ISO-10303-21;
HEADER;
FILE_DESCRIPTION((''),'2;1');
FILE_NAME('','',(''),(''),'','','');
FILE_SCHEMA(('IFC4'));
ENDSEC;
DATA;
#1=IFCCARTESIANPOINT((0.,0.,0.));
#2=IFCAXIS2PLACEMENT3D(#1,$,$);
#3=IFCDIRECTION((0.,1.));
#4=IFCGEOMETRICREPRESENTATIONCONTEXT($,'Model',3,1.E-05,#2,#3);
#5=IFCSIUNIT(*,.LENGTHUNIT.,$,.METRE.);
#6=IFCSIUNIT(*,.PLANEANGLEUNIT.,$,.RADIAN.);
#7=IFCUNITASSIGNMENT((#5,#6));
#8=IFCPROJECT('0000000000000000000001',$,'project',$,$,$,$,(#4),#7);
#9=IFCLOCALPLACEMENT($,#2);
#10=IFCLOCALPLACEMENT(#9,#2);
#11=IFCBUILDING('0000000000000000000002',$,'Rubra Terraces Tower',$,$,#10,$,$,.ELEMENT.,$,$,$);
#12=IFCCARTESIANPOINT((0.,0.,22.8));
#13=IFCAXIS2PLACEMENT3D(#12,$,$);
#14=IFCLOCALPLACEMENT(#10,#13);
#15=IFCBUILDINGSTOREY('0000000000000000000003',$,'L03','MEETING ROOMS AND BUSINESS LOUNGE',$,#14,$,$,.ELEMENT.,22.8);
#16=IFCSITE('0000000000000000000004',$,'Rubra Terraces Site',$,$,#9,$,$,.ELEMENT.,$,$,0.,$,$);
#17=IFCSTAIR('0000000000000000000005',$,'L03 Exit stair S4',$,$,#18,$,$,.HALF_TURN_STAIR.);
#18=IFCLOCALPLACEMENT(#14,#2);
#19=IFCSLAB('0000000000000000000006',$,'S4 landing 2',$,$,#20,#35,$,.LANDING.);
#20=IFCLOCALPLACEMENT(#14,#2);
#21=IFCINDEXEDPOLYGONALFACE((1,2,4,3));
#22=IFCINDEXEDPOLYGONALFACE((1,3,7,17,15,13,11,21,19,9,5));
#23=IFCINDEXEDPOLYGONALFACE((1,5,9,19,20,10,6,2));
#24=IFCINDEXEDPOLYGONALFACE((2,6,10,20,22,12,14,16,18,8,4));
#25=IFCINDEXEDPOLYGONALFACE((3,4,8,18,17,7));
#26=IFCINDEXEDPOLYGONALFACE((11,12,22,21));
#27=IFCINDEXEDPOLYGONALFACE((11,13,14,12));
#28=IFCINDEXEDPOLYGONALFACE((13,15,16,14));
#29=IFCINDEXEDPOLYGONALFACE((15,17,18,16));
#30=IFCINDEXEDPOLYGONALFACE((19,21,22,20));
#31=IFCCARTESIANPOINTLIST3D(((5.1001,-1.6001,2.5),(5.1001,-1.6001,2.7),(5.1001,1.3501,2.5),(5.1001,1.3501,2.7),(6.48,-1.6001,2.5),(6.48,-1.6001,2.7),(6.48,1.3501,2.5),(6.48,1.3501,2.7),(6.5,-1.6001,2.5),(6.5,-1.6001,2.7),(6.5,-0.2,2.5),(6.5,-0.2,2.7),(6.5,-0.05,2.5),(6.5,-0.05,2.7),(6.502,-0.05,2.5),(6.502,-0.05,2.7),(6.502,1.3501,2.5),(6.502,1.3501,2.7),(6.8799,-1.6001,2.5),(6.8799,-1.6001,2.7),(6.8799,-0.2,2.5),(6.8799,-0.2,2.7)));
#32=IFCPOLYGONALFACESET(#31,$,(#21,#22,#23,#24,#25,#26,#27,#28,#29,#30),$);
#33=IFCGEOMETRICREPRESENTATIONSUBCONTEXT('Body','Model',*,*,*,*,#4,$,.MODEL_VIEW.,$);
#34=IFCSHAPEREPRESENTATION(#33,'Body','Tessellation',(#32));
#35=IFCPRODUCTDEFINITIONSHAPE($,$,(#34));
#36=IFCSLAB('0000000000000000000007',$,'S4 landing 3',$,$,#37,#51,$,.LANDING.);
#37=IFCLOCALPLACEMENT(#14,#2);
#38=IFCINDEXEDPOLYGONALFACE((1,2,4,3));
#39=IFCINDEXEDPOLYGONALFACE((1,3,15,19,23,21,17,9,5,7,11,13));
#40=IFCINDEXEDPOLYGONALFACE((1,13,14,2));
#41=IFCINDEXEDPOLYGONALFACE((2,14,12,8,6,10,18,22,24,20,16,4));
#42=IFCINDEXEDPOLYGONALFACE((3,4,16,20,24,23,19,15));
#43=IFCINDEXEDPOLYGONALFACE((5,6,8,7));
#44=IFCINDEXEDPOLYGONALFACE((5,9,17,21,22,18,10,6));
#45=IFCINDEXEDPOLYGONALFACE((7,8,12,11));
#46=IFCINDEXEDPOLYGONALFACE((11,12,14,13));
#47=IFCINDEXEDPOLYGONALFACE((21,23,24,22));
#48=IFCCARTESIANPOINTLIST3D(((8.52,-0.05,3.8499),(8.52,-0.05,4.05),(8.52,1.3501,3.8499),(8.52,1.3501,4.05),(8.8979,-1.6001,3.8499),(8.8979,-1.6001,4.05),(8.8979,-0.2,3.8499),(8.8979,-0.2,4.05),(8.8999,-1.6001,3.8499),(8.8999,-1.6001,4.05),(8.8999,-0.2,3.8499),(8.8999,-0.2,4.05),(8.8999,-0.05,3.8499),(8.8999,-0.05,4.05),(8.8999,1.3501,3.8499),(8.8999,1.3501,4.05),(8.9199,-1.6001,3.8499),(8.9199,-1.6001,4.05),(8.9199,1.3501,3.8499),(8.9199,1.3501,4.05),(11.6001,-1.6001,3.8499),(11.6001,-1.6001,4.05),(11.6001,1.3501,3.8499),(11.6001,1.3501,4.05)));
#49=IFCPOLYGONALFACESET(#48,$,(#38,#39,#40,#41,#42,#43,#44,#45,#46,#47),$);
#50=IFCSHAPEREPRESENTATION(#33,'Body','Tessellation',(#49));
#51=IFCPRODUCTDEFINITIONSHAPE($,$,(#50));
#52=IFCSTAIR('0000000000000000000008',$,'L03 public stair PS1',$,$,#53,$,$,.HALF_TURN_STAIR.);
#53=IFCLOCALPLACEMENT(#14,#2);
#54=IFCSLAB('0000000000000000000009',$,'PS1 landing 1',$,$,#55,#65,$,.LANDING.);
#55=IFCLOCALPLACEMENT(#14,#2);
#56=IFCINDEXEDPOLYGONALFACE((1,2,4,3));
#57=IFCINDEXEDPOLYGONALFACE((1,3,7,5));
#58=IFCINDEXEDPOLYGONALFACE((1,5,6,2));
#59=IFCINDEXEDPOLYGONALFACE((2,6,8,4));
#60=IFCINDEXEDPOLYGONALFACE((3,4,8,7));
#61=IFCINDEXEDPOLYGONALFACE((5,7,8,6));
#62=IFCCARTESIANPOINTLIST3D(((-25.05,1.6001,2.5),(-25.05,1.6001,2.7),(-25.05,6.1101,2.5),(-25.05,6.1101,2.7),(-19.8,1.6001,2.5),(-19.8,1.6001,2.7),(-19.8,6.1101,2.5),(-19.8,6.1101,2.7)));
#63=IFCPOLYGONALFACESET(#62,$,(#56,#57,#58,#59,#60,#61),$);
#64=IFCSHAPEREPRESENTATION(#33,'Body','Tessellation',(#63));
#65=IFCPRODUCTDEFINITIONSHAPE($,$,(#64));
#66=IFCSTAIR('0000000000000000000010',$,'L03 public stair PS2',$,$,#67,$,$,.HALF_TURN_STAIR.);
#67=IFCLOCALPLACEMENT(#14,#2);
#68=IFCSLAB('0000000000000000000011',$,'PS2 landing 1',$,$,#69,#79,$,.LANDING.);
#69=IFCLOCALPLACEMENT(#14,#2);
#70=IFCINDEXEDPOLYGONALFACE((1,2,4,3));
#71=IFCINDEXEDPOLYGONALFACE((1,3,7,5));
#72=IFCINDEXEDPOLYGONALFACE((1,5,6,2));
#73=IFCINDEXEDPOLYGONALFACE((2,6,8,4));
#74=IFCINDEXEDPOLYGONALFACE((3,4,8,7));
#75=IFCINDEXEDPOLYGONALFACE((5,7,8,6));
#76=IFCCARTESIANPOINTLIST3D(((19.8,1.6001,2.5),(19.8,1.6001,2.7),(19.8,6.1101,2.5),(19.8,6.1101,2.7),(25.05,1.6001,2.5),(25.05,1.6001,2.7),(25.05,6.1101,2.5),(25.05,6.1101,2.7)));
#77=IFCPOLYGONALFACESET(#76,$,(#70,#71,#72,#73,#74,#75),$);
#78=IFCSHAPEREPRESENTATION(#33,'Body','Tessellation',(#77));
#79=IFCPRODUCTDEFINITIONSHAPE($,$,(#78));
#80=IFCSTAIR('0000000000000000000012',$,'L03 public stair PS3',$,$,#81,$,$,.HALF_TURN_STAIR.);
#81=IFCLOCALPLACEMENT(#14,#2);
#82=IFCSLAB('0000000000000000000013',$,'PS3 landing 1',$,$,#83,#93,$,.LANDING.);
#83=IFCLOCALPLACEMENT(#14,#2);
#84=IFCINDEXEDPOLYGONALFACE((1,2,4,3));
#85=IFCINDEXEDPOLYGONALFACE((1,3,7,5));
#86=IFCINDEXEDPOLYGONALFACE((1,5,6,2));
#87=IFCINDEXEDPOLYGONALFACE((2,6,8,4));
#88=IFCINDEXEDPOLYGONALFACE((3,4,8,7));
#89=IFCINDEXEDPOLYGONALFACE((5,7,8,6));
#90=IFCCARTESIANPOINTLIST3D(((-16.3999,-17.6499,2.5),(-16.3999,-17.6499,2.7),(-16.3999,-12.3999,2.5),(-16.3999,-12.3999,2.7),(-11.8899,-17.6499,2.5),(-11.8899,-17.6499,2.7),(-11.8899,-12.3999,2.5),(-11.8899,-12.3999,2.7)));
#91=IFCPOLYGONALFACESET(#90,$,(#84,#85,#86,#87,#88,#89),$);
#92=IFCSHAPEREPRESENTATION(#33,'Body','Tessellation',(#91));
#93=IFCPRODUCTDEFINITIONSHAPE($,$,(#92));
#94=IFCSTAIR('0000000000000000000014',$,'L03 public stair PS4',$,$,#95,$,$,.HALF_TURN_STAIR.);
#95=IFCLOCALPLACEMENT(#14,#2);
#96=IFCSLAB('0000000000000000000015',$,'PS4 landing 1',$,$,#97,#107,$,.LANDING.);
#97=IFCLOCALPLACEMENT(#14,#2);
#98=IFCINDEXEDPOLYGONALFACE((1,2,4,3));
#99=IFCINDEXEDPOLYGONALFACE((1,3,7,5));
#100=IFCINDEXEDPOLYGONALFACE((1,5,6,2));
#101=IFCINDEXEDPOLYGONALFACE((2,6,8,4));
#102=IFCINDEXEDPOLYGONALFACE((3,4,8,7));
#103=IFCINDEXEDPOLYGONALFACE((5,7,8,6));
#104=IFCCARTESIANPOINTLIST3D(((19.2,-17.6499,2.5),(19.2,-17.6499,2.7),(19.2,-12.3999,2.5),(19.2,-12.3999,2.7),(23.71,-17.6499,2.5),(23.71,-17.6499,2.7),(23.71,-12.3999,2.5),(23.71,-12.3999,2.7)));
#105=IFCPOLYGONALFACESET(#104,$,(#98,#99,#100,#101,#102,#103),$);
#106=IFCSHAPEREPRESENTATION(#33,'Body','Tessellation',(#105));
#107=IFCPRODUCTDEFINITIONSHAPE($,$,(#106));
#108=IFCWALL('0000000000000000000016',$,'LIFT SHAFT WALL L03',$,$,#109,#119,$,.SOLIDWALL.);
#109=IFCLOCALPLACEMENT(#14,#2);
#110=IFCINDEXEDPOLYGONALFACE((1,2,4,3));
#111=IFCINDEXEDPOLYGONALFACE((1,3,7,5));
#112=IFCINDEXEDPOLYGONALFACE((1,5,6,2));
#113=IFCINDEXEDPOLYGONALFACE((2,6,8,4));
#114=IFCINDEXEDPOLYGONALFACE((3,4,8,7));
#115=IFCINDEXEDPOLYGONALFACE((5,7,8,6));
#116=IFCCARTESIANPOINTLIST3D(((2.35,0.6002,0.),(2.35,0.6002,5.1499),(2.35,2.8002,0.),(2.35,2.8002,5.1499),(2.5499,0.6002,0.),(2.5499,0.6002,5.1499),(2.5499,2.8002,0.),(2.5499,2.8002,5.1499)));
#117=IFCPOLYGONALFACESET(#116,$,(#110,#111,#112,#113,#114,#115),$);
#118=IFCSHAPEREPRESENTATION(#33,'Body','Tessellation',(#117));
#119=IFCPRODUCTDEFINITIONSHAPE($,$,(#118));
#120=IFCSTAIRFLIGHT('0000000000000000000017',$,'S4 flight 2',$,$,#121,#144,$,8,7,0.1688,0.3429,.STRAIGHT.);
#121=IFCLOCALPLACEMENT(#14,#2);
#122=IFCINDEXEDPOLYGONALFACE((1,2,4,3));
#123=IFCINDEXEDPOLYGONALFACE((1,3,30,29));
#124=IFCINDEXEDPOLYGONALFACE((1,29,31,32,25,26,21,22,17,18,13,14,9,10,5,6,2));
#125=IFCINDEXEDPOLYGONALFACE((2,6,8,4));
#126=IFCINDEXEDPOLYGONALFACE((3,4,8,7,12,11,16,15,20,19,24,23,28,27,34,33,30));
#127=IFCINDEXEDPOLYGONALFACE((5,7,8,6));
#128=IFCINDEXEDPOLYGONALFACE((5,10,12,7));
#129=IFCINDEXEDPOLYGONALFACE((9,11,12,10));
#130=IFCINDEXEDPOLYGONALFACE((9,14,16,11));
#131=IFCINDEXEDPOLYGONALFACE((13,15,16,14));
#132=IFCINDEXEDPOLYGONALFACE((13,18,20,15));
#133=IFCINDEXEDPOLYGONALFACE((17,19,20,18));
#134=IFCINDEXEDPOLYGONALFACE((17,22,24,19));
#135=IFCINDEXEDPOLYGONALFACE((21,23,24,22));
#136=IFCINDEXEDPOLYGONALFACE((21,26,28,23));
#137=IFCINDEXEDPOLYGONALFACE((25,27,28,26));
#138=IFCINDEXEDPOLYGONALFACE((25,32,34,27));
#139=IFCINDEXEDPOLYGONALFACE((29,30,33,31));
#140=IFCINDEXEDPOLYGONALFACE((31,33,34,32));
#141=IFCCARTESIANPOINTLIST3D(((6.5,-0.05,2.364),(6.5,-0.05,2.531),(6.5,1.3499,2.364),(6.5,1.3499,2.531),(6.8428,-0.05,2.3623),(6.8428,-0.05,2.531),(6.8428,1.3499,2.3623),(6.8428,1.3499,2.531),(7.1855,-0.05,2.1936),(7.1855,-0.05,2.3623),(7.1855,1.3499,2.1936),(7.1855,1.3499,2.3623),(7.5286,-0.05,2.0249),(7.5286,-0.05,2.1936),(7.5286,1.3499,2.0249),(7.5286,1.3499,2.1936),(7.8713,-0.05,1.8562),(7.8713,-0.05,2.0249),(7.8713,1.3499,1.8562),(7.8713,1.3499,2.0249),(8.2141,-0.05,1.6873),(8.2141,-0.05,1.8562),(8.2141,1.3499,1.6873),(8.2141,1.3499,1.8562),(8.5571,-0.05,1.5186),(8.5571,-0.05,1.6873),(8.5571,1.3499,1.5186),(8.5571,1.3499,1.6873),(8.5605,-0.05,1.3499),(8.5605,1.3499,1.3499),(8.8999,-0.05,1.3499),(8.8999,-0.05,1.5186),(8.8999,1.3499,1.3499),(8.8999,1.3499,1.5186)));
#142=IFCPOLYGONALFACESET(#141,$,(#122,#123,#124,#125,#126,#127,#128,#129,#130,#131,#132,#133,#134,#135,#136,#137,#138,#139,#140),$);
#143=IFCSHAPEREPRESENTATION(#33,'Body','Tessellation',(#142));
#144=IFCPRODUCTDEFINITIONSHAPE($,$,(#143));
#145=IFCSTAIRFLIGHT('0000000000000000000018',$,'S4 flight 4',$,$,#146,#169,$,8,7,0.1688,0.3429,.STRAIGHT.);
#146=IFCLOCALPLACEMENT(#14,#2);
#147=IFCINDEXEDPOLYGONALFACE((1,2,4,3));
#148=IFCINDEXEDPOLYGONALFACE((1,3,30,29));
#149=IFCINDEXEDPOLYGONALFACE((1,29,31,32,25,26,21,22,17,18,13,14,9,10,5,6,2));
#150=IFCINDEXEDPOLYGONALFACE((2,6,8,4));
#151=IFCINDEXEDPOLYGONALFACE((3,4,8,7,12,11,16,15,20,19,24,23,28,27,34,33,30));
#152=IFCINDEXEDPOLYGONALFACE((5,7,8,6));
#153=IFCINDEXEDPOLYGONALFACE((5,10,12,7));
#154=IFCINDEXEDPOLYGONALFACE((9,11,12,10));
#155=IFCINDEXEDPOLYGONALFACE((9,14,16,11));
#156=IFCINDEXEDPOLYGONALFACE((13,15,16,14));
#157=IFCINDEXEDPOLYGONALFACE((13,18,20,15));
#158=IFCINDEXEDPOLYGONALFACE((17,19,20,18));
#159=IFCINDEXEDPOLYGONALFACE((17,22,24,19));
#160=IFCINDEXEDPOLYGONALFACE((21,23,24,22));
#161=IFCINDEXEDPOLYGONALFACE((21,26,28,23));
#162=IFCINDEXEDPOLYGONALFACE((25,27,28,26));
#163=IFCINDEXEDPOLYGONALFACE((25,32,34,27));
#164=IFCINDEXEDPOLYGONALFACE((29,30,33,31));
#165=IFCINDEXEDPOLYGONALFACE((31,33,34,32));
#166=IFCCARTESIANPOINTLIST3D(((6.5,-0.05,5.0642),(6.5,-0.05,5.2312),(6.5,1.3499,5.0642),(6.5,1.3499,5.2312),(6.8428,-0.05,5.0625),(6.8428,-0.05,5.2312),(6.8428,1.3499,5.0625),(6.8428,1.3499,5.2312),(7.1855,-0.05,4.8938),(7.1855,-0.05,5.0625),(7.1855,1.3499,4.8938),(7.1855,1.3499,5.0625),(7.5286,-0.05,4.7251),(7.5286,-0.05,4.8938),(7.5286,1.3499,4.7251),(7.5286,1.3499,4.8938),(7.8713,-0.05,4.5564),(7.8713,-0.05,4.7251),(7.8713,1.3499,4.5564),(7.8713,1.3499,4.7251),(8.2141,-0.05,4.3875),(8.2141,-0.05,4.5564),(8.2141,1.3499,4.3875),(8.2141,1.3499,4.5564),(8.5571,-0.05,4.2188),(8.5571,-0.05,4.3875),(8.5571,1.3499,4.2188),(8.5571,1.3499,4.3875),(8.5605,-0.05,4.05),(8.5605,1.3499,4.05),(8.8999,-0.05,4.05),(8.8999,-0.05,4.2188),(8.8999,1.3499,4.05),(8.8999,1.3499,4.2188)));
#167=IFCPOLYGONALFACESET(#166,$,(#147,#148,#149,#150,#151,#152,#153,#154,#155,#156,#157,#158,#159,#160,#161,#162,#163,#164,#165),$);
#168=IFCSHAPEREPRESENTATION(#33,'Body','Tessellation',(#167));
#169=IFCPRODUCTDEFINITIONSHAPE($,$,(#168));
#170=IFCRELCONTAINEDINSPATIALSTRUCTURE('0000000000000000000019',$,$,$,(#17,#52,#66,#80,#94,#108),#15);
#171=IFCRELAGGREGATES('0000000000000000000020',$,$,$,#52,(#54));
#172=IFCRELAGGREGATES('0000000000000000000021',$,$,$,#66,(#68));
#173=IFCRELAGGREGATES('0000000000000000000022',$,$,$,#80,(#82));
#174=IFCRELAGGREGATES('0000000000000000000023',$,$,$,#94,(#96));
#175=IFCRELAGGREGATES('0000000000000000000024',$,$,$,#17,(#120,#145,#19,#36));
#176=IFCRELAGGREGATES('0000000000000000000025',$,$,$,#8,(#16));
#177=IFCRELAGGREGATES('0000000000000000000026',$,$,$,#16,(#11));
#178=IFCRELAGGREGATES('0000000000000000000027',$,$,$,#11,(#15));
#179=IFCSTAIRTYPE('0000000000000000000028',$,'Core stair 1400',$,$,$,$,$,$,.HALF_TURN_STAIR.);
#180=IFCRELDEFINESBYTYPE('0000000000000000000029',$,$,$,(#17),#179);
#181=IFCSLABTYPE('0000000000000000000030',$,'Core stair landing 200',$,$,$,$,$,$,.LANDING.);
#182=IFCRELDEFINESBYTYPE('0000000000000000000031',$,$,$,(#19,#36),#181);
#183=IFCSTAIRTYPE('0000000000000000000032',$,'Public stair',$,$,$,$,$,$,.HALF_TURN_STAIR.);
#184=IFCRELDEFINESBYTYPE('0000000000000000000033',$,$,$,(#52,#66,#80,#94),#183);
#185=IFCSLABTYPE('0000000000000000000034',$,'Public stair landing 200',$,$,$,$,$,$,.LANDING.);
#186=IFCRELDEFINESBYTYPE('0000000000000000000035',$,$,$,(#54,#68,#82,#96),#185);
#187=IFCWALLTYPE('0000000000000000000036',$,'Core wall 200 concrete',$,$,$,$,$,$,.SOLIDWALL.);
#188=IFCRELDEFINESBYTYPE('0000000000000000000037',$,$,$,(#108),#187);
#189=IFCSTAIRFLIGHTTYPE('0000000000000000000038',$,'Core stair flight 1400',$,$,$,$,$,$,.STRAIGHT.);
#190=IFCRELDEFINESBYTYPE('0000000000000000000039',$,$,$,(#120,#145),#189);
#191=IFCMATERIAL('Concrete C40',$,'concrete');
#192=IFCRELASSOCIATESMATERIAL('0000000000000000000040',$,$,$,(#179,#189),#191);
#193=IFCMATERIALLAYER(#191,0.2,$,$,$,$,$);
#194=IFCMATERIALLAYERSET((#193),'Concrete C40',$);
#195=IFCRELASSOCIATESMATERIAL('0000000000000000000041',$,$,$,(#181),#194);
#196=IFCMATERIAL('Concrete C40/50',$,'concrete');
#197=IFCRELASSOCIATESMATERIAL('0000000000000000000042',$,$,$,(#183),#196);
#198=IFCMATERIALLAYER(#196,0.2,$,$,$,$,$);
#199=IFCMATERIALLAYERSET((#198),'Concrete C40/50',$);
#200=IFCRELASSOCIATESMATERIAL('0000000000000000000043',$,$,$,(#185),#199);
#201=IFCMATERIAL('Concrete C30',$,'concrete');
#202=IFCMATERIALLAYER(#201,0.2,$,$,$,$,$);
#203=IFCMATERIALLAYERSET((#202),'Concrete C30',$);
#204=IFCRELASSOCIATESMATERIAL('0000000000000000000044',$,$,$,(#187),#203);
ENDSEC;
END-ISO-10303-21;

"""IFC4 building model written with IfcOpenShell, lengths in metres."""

from ifc_helpers import new_model, si_unit, direction, frame, frame_2d, origin, place, context, subcontext, project, spatial, polyline, rectangle, outline, extrude, material, layer, layer_set, type_object, element, aggregate, save


model = new_model("IFC4")

# Units and contexts
model_context = context("Model", 3, precision=1e-05, world=origin(), true_north=direction((0.0, 1.0)))
body_context = subcontext(model_context, "Body", "Model", "MODEL_VIEW")
ifc_project = project(units=[si_unit("LENGTHUNIT", "METRE"), si_unit("PLANEANGLEUNIT", "RADIAN")], contexts=[model_context])

# Site, building, storey
site_placement = place(None, origin())
site = spatial("IfcSite", under=ifc_project, at=site_placement, Name="Rubra Terraces Site", CompositionType="ELEMENT", RefElevation=0.0)
building_placement = place(site_placement, origin())
building = spatial("IfcBuilding", under=site, at=building_placement, Name="Rubra Terraces Tower", CompositionType="ELEMENT")
storey_placement = place(building_placement, frame((0.0, 0.0, 22.8)))
storey = spatial("IfcBuildingStorey", under=building, at=storey_placement, Name="L03", Description="MEETING ROOMS AND BUSINESS LOUNGE", CompositionType="ELEMENT", Elevation=22.8)

# Stair, slabs
ifc_material_1 = material(Name="Concrete C40", Category="concrete")
stair_type_1 = type_object("IfcStairType", Name="Core stair 1400", PredefinedType="HALF_TURN_STAIR", material=ifc_material_1)
ifc_layer_1 = layer(ifc_material_1, 0.2)
ifc_layer_set_1 = layer_set([ifc_layer_1], Name="Concrete C40")
slab_type_1 = type_object("IfcSlabType", Name="Core stair landing 200", PredefinedType="LANDING", material=ifc_layer_set_1)
stair_1_placement = place(storey_placement, origin())
stair_1 = element("IfcStair", 1, at=stair_1_placement, inside=storey, type_object=stair_type_1, Name="L03 Exit stair S4", PredefinedType="HALF_TURN_STAIR")
slab_1_placement = place(storey_placement, frame((0.0, 0.0, 2.5)))
slab_1 = element("IfcSlab", 2, at=slab_1_placement, type_object=slab_type_1, Name="S4 landing 2", PredefinedType="LANDING", context=body_context, shape_type="SweptSolid", body=[
    extrude(outline(polyline([(6.8799, -0.2), (6.8799, -1.6001), (6.5, -1.6001), (6.48, -1.6001), (5.1001, -1.6001), (5.1001, 1.3501), (6.48, 1.3501), (6.502, 1.3501), (6.502, -0.05), (6.5, -0.05), (6.5, -0.2), (6.8799, -0.2)])), origin(), (0.0, 0.0, 1.0), 0.2),
])
slab_2_placement = place(storey_placement, frame((0.0, 0.0, 3.8499)))
slab_2 = element("IfcSlab", 3, at=slab_2_placement, type_object=slab_type_1, Name="S4 landing 3", PredefinedType="LANDING", context=body_context, shape_type="SweptSolid", body=[
    extrude(outline(polyline([(8.8999, -0.2), (8.8999, -0.05), (8.52, -0.05), (8.52, 1.3501), (8.8999, 1.3501), (8.9199, 1.3501), (11.6001, 1.3501), (11.6001, -1.6001), (8.9199, -1.6001), (8.8999, -1.6001), (8.8979, -1.6001), (8.8979, -0.2), (8.8999, -0.2)])), origin(), (0.0, 0.0, 1.0), 0.2002),
])

# Stairs, slabs
ifc_material_2 = material(Name="Concrete C40/50", Category="concrete")
stair_type_2 = type_object("IfcStairType", Name="Public stair", PredefinedType="HALF_TURN_STAIR", material=ifc_material_2)
stair_2_placement = place(storey_placement, origin())
stair_2 = element("IfcStair", 4, at=stair_2_placement, inside=storey, type_object=stair_type_2, Name="L03 public stair PS1", PredefinedType="HALF_TURN_STAIR")
ifc_layer_2 = layer(ifc_material_2, 0.2)
ifc_layer_set_2 = layer_set([ifc_layer_2], Name="Concrete C40/50")
slab_type_2 = type_object("IfcSlabType", Name="Public stair landing 200", PredefinedType="LANDING", material=ifc_layer_set_2)
slab_3_placement = place(storey_placement, frame((0.0, 0.0, 2.5)))
slab_3 = element("IfcSlab", 5, at=slab_3_placement, type_object=slab_type_2, Name="PS1 landing 1", PredefinedType="LANDING", context=body_context, shape_type="SweptSolid", body=[
    extrude(outline(polyline([(-25.05, 1.6001), (-19.8, 1.6001), (-19.8, 6.1101), (-25.05, 6.1101), (-25.05, 1.6001)])), origin(), (0.0, 0.0, 1.0), 0.2),
])
aggregate(stair_2, [slab_3])
stair_3_placement = place(storey_placement, origin())
stair_3 = element("IfcStair", 6, at=stair_3_placement, inside=storey, type_object=stair_type_2, Name="L03 public stair PS2", PredefinedType="HALF_TURN_STAIR")
slab_4_placement = place(storey_placement, frame((0.0, 0.0, 2.5)))
slab_4 = element("IfcSlab", 7, at=slab_4_placement, type_object=slab_type_2, Name="PS2 landing 1", PredefinedType="LANDING", context=body_context, shape_type="SweptSolid", body=[
    extrude(outline(polyline([(19.8, 1.6001), (25.05, 1.6001), (25.05, 6.1101), (19.8, 6.1101), (19.8, 1.6001)])), origin(), (0.0, 0.0, 1.0), 0.2),
])
aggregate(stair_3, [slab_4])
stair_4_placement = place(storey_placement, origin())
stair_4 = element("IfcStair", 8, at=stair_4_placement, inside=storey, type_object=stair_type_2, Name="L03 public stair PS3", PredefinedType="HALF_TURN_STAIR")
slab_5_placement = place(storey_placement, frame((0.0, 0.0, 2.5)))
slab_5 = element("IfcSlab", 9, at=slab_5_placement, type_object=slab_type_2, Name="PS3 landing 1", PredefinedType="LANDING", context=body_context, shape_type="SweptSolid", body=[
    extrude(outline(polyline([(-16.3999, -17.6499), (-11.8899, -17.6499), (-11.8899, -12.3999), (-16.3999, -12.3999), (-16.3999, -17.6499)])), origin(), (0.0, 0.0, 1.0), 0.2),
])
aggregate(stair_4, [slab_5])
stair_5_placement = place(storey_placement, origin())
stair_5 = element("IfcStair", 10, at=stair_5_placement, inside=storey, type_object=stair_type_2, Name="L03 public stair PS4", PredefinedType="HALF_TURN_STAIR")
slab_6_placement = place(storey_placement, frame((0.0, 0.0, 2.5)))
slab_6 = element("IfcSlab", 11, at=slab_6_placement, type_object=slab_type_2, Name="PS4 landing 1", PredefinedType="LANDING", context=body_context, shape_type="SweptSolid", body=[
    extrude(outline(polyline([(19.2, -17.6499), (23.71, -17.6499), (23.71, -12.3999), (19.2, -12.3999), (19.2, -17.6499)])), origin(), (0.0, 0.0, 1.0), 0.2),
])
aggregate(stair_5, [slab_6])

# Wall
ifc_material_3 = material(Name="Concrete C30", Category="concrete")
ifc_layer_3 = layer(ifc_material_3, 0.2)
ifc_layer_set_3 = layer_set([ifc_layer_3], Name="Concrete C30")
wall_type = type_object("IfcWallType", Name="Core wall 200 concrete", PredefinedType="SOLIDWALL", material=ifc_layer_set_3)
wall_placement = place(storey_placement, frame((2.45, 0.6001, 0.0), z_axis=(0.0, 0.0, 1.0), x_axis=(0.0, 1.0, 0.0)))
element("IfcWall", 12, at=wall_placement, inside=storey, type_object=wall_type, Name="LIFT SHAFT WALL L03", PredefinedType="SOLIDWALL", context=body_context, shape_type="SweptSolid", body=[
    extrude(rectangle(XDim=2.2, YDim=0.2, at=frame_2d((1.1001, 0.0))), origin(), (0.0, 0.0, 1.0), 5.1499),
])

# Stair flights
stair_flight_type = type_object("IfcStairFlightType", Name="Core stair flight 1400", PredefinedType="STRAIGHT", material=ifc_material_1)
stair_flight_1_placement = place(storey_placement, frame((8.8999, 0.6499, 1.3499), z_axis=(0.0, 0.0, 1.0), x_axis=(-1.0, 0.0, 0.0)))
stair_flight_1 = element("IfcStairFlight", 13, at=stair_flight_1_placement, type_object=stair_flight_type, Name="S4 flight 2", NumberOfRisers=8, NumberOfTreads=7, PredefinedType="STRAIGHT", RiserHeight=0.1688, TreadLength=0.3429, context=body_context, shape_type="SweptSolid", body=[
    extrude(outline(polyline([(0.0, 0.0), (0.0, 0.1687), (0.3428, 0.1687), (0.3428, 0.3374), (0.6858, 0.3374), (0.6858, 0.5063), (1.0286, 0.5063), (1.0286, 0.675), (1.3713, 0.675), (1.3713, 0.8438), (1.7144, 0.8438), (1.7144, 1.0125), (2.0571, 1.0125), (2.0571, 1.1812), (2.3999, 1.1812), (2.3999, 1.3501), (2.3999, 1.0142), (0.3394, 0.0), (0.0, 0.0)])), frame((0.0, 0.7, 0.0), z_axis=(0.0, -1.0, 0.0), x_axis=(1.0, 0.0, 0.0)), (0.0, 0.0, 1.0), 1.3999),
])
stair_flight_2_placement = place(storey_placement, frame((8.8999, 0.6499, 4.05), z_axis=(0.0, 0.0, 1.0), x_axis=(-1.0, 0.0, 0.0)))
stair_flight_2 = element("IfcStairFlight", 14, at=stair_flight_2_placement, type_object=stair_flight_type, Name="S4 flight 4", NumberOfRisers=8, NumberOfTreads=7, PredefinedType="STRAIGHT", RiserHeight=0.1688, TreadLength=0.3429, context=body_context, shape_type="SweptSolid", body=[
    extrude(outline(polyline([(0.0, 0.0), (0.0, 0.1687), (0.3428, 0.1687), (0.3428, 0.3374), (0.6858, 0.3374), (0.6858, 0.5063), (1.0286, 0.5063), (1.0286, 0.675), (1.3713, 0.675), (1.3713, 0.8438), (1.7144, 0.8438), (1.7144, 1.0125), (2.0571, 1.0125), (2.0571, 1.1812), (2.3999, 1.1812), (2.3999, 1.3501), (2.3999, 1.0142), (0.3394, 0.0), (0.0, 0.0)])), frame((0.0, 0.7, 0.0), z_axis=(0.0, -1.0, 0.0), x_axis=(1.0, 0.0, 0.0)), (0.0, 0.0, 1.0), 1.3999),
])
aggregate(stair_1, [stair_flight_1, stair_flight_2, slab_1, slab_2])

save(model, "model.ifc")
